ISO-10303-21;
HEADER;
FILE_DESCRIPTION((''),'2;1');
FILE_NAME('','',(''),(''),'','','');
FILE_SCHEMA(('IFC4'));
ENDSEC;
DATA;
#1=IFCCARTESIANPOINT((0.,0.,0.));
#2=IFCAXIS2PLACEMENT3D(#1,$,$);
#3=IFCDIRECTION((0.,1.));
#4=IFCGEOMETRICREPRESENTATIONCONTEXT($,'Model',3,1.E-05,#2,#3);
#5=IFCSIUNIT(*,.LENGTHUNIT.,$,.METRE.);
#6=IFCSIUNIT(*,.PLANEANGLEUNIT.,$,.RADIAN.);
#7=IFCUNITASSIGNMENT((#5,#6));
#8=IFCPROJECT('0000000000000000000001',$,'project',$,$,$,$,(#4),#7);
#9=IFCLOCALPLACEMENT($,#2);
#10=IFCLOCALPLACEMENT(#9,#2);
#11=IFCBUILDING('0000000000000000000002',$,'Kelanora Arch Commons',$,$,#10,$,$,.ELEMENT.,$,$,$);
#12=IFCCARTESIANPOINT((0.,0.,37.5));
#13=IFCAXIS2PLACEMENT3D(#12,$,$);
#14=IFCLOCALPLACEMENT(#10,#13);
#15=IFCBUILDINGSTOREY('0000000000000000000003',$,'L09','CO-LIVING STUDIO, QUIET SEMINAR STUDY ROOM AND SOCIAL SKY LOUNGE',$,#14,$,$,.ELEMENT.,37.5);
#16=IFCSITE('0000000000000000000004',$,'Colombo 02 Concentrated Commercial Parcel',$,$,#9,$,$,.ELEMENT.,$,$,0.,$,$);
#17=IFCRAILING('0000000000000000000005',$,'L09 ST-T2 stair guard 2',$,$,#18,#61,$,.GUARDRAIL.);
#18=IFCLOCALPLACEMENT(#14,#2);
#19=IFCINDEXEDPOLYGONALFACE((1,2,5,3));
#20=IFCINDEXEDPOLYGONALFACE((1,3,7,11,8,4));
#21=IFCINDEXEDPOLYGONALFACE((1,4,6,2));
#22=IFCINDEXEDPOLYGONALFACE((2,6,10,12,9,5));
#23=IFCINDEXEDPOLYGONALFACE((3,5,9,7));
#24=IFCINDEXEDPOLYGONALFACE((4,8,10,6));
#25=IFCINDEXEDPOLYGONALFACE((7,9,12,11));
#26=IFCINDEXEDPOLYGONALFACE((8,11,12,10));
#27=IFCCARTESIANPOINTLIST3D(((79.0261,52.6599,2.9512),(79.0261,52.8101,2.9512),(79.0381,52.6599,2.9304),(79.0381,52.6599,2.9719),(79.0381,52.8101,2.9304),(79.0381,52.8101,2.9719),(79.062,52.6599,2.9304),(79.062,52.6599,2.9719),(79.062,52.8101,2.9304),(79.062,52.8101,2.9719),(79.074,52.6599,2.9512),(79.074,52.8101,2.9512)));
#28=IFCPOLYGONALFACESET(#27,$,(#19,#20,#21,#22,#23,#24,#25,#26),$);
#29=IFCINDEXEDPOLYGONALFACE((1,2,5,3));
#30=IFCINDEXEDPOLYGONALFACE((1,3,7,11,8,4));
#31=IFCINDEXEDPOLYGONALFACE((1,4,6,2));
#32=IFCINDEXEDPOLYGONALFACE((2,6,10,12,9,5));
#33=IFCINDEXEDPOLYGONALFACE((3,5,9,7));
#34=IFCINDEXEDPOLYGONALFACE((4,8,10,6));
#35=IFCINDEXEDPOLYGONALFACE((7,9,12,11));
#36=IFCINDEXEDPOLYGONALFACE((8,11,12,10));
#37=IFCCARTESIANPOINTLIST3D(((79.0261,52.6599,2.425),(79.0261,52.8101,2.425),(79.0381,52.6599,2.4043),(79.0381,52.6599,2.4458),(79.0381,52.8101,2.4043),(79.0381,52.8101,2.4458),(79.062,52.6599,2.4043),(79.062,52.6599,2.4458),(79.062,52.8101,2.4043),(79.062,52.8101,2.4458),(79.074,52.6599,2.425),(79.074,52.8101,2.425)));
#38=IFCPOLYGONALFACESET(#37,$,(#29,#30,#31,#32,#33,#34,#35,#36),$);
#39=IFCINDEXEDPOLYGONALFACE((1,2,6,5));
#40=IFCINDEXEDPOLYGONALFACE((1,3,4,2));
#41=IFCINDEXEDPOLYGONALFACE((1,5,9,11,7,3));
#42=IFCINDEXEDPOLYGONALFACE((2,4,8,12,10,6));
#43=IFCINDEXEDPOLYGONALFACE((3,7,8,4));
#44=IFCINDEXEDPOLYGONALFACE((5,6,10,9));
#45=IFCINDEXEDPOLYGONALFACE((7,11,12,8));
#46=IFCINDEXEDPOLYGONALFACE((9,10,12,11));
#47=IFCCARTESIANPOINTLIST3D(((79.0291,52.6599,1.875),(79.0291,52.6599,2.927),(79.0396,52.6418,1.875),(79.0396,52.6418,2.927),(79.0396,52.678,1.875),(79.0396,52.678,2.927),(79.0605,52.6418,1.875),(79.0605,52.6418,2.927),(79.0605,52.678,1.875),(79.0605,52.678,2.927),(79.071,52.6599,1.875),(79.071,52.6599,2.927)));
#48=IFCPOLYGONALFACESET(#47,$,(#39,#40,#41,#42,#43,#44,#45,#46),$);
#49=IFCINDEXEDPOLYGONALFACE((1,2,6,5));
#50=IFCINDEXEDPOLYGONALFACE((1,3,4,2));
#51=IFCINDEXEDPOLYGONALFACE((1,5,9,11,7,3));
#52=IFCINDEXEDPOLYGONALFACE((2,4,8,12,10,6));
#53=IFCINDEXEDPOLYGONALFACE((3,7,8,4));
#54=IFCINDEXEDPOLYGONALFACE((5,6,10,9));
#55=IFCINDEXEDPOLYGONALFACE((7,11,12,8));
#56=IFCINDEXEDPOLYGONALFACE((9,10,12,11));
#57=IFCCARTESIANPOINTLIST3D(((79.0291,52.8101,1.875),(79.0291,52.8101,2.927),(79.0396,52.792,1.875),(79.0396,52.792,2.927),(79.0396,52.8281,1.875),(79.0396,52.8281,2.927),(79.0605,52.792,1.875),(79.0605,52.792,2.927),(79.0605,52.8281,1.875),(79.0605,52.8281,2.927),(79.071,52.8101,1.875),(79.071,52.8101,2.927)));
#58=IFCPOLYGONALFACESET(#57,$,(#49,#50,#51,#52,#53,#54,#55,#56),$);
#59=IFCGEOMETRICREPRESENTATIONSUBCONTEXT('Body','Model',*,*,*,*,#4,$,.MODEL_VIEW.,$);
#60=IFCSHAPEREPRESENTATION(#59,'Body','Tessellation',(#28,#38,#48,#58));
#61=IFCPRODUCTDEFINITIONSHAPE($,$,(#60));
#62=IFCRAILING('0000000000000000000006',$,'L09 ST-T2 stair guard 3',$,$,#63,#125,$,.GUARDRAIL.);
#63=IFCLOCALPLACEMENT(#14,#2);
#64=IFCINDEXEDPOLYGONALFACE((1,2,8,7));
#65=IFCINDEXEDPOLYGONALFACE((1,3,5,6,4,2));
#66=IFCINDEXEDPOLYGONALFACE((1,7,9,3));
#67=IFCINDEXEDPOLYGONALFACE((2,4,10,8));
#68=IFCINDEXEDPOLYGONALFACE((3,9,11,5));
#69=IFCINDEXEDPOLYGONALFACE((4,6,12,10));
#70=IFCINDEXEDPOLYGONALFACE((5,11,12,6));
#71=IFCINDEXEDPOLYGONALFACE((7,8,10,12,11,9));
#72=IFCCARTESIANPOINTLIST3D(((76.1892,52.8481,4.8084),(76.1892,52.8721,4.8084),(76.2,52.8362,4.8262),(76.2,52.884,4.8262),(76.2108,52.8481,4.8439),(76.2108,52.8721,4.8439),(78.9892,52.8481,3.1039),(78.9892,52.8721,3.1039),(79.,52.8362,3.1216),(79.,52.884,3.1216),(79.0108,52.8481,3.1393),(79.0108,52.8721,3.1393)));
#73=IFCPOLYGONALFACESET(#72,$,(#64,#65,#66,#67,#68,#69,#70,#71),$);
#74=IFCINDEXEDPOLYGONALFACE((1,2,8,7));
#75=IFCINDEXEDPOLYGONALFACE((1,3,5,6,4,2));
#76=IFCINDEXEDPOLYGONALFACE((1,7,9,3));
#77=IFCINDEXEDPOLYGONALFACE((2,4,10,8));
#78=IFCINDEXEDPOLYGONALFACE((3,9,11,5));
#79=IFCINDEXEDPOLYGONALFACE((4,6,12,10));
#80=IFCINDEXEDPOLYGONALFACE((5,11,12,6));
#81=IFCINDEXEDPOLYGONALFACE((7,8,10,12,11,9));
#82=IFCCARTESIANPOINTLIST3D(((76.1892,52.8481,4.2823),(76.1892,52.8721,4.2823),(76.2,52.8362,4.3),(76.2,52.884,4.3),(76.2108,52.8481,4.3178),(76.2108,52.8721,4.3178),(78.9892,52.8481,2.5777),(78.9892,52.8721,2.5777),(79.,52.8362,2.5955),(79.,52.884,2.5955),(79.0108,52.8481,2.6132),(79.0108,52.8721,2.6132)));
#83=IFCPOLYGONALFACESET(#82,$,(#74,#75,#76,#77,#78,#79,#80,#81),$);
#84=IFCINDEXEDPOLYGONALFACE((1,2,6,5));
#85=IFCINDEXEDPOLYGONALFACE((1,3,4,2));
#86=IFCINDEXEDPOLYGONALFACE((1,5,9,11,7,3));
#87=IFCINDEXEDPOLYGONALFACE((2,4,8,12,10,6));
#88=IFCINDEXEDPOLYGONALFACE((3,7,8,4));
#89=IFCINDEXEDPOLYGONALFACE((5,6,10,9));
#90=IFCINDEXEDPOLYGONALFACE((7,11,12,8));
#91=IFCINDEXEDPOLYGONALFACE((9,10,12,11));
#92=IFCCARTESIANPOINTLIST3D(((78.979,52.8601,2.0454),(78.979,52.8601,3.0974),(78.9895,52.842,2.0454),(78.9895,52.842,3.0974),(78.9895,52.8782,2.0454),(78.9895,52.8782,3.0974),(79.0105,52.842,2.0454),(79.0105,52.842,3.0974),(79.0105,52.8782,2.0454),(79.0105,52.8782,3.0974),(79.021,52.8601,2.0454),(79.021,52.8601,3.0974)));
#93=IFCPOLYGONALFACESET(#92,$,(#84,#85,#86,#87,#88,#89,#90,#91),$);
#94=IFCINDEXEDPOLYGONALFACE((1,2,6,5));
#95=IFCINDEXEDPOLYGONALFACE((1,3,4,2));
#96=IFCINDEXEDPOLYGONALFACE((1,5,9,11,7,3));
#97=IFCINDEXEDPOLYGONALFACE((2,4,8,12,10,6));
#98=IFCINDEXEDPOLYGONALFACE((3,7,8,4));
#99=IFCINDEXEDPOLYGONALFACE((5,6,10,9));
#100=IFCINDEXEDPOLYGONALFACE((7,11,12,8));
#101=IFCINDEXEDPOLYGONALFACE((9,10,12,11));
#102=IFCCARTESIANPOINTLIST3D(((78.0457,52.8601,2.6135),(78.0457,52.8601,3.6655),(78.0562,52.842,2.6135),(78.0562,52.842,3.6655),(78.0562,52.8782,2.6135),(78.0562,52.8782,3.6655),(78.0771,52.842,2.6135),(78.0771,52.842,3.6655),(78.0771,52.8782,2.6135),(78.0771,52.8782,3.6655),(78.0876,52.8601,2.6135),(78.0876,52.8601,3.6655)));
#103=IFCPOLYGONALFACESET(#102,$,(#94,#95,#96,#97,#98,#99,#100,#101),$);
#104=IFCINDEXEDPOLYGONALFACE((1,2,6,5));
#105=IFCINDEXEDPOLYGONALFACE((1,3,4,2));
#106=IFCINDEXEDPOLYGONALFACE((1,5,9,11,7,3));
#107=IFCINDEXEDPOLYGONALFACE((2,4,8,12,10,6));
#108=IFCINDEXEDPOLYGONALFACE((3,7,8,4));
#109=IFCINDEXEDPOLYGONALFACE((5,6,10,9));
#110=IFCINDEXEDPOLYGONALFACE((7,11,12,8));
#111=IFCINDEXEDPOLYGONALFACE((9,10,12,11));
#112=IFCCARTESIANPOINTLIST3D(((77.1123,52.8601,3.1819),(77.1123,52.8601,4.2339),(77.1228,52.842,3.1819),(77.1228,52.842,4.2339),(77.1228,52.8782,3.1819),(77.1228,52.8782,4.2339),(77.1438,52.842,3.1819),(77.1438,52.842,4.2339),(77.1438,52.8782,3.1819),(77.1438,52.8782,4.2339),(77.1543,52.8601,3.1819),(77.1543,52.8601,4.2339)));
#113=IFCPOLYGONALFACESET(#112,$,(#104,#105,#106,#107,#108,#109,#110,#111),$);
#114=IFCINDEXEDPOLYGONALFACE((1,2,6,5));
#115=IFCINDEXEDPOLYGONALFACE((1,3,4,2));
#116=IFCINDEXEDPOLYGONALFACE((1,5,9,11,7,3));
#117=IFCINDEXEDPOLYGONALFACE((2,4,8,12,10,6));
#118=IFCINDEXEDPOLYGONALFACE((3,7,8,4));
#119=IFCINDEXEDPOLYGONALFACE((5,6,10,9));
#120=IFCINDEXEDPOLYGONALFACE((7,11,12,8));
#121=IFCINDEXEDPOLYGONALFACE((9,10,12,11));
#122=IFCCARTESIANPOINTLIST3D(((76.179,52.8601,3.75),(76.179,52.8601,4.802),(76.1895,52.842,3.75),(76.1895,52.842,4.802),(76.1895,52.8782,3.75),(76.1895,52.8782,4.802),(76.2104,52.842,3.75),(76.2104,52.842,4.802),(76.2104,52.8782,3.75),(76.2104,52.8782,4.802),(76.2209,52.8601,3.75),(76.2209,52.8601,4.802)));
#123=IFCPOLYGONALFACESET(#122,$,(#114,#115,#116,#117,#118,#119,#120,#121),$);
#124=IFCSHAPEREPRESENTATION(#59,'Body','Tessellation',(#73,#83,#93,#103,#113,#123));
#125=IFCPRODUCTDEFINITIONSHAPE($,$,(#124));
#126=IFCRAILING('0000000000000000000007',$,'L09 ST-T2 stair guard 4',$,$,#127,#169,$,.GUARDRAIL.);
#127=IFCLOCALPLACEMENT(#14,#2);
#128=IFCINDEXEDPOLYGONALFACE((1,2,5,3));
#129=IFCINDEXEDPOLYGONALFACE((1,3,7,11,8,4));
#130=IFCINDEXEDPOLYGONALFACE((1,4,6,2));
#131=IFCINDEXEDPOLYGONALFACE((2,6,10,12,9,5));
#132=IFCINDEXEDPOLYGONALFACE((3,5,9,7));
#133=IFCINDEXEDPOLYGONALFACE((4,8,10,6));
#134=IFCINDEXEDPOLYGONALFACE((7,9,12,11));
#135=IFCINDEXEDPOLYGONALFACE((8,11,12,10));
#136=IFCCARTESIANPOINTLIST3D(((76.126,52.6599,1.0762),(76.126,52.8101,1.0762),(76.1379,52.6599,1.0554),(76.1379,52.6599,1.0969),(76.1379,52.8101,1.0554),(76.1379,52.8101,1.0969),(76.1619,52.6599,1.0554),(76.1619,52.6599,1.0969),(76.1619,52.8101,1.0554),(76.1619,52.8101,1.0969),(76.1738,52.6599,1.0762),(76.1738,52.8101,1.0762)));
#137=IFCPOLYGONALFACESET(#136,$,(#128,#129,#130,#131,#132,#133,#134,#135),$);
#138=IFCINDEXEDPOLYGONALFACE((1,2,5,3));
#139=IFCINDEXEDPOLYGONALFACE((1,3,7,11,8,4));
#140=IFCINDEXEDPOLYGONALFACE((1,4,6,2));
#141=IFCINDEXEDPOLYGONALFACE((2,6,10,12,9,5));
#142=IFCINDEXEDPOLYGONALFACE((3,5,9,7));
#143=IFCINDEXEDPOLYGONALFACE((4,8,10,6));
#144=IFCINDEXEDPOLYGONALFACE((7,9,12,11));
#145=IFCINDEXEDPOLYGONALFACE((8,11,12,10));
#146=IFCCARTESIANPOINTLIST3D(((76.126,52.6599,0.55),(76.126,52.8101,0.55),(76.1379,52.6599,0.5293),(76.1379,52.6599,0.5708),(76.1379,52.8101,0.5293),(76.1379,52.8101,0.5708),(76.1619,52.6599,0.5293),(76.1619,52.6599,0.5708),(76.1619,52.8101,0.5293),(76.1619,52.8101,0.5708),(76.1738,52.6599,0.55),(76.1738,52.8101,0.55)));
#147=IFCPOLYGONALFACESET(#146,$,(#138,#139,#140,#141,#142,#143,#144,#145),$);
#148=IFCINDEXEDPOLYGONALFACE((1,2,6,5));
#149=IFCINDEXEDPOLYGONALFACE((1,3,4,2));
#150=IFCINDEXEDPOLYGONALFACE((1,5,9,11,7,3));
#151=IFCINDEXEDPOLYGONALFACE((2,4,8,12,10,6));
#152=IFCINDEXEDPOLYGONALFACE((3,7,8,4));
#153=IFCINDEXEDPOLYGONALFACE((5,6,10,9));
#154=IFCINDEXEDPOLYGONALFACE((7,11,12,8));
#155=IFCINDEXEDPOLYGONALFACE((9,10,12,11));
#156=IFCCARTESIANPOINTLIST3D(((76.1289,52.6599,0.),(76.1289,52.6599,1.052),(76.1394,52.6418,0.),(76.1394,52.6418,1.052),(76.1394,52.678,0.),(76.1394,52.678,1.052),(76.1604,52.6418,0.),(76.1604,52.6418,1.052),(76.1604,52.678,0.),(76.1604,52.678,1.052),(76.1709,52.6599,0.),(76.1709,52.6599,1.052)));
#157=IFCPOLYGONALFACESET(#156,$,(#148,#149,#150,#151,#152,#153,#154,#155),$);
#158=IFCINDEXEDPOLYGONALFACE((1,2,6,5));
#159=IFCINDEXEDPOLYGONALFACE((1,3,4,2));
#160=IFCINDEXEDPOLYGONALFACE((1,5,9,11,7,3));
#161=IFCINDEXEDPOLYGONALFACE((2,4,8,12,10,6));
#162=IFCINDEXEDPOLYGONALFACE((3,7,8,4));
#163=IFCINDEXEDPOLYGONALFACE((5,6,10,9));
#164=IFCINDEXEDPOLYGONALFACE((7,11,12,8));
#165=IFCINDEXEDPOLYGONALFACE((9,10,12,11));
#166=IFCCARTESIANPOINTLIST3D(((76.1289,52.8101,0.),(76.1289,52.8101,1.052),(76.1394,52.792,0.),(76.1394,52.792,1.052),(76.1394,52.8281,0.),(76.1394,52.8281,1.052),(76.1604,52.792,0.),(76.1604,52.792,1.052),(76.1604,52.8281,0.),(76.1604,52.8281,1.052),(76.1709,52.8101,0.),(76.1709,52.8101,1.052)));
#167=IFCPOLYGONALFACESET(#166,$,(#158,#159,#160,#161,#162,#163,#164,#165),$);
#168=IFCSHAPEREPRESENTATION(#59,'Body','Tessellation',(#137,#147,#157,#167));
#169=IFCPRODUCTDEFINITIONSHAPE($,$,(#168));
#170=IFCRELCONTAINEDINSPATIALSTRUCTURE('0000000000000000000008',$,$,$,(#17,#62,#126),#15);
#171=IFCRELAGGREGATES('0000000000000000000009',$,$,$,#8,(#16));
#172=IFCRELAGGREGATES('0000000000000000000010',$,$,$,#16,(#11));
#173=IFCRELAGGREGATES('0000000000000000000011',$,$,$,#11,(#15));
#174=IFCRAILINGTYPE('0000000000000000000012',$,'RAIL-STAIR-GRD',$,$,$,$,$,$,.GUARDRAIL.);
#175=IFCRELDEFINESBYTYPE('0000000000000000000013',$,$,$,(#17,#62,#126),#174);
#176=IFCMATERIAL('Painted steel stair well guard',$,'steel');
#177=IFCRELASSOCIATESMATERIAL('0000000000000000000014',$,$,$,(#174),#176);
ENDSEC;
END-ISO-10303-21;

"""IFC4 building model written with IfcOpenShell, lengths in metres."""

from ifc_helpers import new_model, si_unit, direction, frame, origin, place, context, subcontext, project, spatial, polyline, outline, extrude, material, type_object, element, save


model = new_model("IFC4")

# Units and contexts
model_context = context("Model", 3, precision=1e-05, world=origin(), true_north=direction((0.0, 1.0)))
body_context = subcontext(model_context, "Body", "Model", "MODEL_VIEW")
ifc_project = project(units=[si_unit("LENGTHUNIT", "METRE"), si_unit("PLANEANGLEUNIT", "RADIAN")], contexts=[model_context])

# Site, building, storey
site_placement = place(None, origin())
site = spatial("IfcSite", under=ifc_project, at=site_placement, Name="Colombo 02 Concentrated Commercial Parcel", CompositionType="ELEMENT", RefElevation=0.0)
building_placement = place(site_placement, origin())
building = spatial("IfcBuilding", under=site, at=building_placement, Name="Kelanora Arch Commons", CompositionType="ELEMENT")
storey_placement = place(building_placement, frame((0.0, 0.0, 37.5)))
storey = spatial("IfcBuildingStorey", under=building, at=storey_placement, Name="L09", Description="CO-LIVING STUDIO, QUIET SEMINAR STUDY ROOM AND SOCIAL SKY LOUNGE", CompositionType="ELEMENT", Elevation=37.5)

# Railings
ifc_material_1 = material(Name="Painted steel stair well guard", Category="steel")
railing_type_1 = type_object("IfcRailingType", Name="RAIL-STAIR-GRD", PredefinedType="GUARDRAIL", material=ifc_material_1)
railing_1_placement = place(storey_placement, frame((79.05, 52.6599, 1.875)))
element("IfcRailing", 1, at=railing_1_placement, inside=storey, type_object=railing_type_1, Name="L09 ST-T2 stair guard 2", PredefinedType="GUARDRAIL", context=body_context, shape_type="SweptSolid", body=[
    extrude(outline(polyline([(0.0239, 0.0), (0.012, 0.0208), (-0.012, 0.0208), (-0.0239, 0.0), (-0.012, -0.0208), (0.012, -0.0208), (0.0239, 0.0)])), frame((0.0, 0.0, 1.0762), z_axis=(0.0, 1.0, 0.0), x_axis=(-1.0, 0.0, 0.0)), (0.0, 0.0, 1.0), 0.1501),
    extrude(outline(polyline([(0.0239, 0.0), (0.012, 0.0208), (-0.012, 0.0208), (-0.0239, 0.0), (-0.012, -0.0208), (0.012, -0.0208), (0.0239, 0.0)])), frame((0.0, 0.0, 0.55), z_axis=(0.0, 1.0, 0.0), x_axis=(-1.0, 0.0, 0.0)), (0.0, 0.0, 1.0), 0.1501),
    extrude(outline(polyline([(0.021, 0.0), (0.0105, 0.0181), (-0.0105, 0.0181), (-0.021, 0.0), (-0.0105, -0.0181), (0.0105, -0.0181), (0.021, 0.0)])), origin(), (0.0, 0.0, 1.0), 1.052),
    extrude(outline(polyline([(0.021, 0.0), (0.0105, 0.0181), (-0.0105, 0.0181), (-0.021, 0.0), (-0.0105, -0.0181), (0.0105, -0.0181), (0.021, 0.0)])), frame((0.0, 0.1501, 0.0)), (0.0, 0.0, 1.0), 1.052),
])
railing_2_placement = place(storey_placement, frame((79.0, 52.8601, 2.0454)))
element("IfcRailing", 2, at=railing_2_placement, inside=storey, type_object=railing_type_1, Name="L09 ST-T2 stair guard 3", PredefinedType="GUARDRAIL", context=body_context, shape_type="SweptSolid", body=[
    extrude(outline(polyline([(0.0239, 0.0), (0.012, 0.0208), (-0.012, 0.0208), (-0.0239, 0.0), (-0.012, -0.0208), (0.012, -0.0208), (0.0239, 0.0)])), frame((0.0, 0.0, 1.0762), z_axis=(-0.85417, 0.0, 0.519994), x_axis=(0.0, -1.0, 0.0)), (0.0, 0.0, 1.0), 3.2781),
    extrude(outline(polyline([(0.0239, 0.0), (0.012, 0.0208), (-0.012, 0.0208), (-0.0239, 0.0), (-0.012, -0.0208), (0.012, -0.0208), (0.0239, 0.0)])), frame((0.0, 0.0, 0.55), z_axis=(-0.85417, 0.0, 0.519994), x_axis=(0.0, -1.0, 0.0)), (0.0, 0.0, 1.0), 3.2781),
    extrude(outline(polyline([(0.021, 0.0), (0.0105, 0.0181), (-0.0105, 0.0181), (-0.021, 0.0), (-0.0105, -0.0181), (0.0105, -0.0181), (0.021, 0.0)])), origin(), (0.0, 0.0, 1.0), 1.052),
    extrude(outline(polyline([(0.021, 0.0), (0.0105, 0.0181), (-0.0105, 0.0181), (-0.021, 0.0), (-0.0105, -0.0181), (0.0105, -0.0181), (0.021, 0.0)])), frame((-0.9333, 0.0, 0.5681)), (0.0, 0.0, 1.0), 1.052),
    extrude(outline(polyline([(0.021, 0.0), (0.0105, 0.0181), (-0.0105, 0.0181), (-0.021, 0.0), (-0.0105, -0.0181), (0.0105, -0.0181), (0.021, 0.0)])), frame((-1.8667, 0.0, 1.1365)), (0.0, 0.0, 1.0), 1.052),
    extrude(outline(polyline([(0.021, 0.0), (0.0105, 0.0181), (-0.0105, 0.0181), (-0.021, 0.0), (-0.0105, -0.0181), (0.0105, -0.0181), (0.021, 0.0)])), frame((-2.8, 0.0, 1.7046)), (0.0, 0.0, 1.0), 1.052),
])
railing_3_placement = place(storey_placement, frame((76.1499, 52.6599, 0.0)))
element("IfcRailing", 3, at=railing_3_placement, inside=storey, type_object=railing_type_1, Name="L09 ST-T2 stair guard 4", PredefinedType="GUARDRAIL", context=body_context, shape_type="SweptSolid", body=[
    extrude(outline(polyline([(0.0239, 0.0), (0.012, 0.0208), (-0.012, 0.0208), (-0.0239, 0.0), (-0.012, -0.0208), (0.012, -0.0208), (0.0239, 0.0)])), frame((0.0, 0.0, 1.0762), z_axis=(0.0, 1.0, 0.0), x_axis=(-1.0, 0.0, 0.0)), (0.0, 0.0, 1.0), 0.1501),
    extrude(outline(polyline([(0.0239, 0.0), (0.012, 0.0208), (-0.012, 0.0208), (-0.0239, 0.0), (-0.012, -0.0208), (0.012, -0.0208), (0.0239, 0.0)])), frame((0.0, 0.0, 0.55), z_axis=(0.0, 1.0, 0.0), x_axis=(-1.0, 0.0, 0.0)), (0.0, 0.0, 1.0), 0.1501),
    extrude(outline(polyline([(0.021, 0.0), (0.0105, 0.0181), (-0.0105, 0.0181), (-0.021, 0.0), (-0.0105, -0.0181), (0.0105, -0.0181), (0.021, 0.0)])), origin(), (0.0, 0.0, 1.0), 1.052),
    extrude(outline(polyline([(0.021, 0.0), (0.0105, 0.0181), (-0.0105, 0.0181), (-0.021, 0.0), (-0.0105, -0.0181), (0.0105, -0.0181), (0.021, 0.0)])), frame((0.0, 0.1501, 0.0)), (0.0, 0.0, 1.0), 1.052),
])

save(model, "model.ifc")
